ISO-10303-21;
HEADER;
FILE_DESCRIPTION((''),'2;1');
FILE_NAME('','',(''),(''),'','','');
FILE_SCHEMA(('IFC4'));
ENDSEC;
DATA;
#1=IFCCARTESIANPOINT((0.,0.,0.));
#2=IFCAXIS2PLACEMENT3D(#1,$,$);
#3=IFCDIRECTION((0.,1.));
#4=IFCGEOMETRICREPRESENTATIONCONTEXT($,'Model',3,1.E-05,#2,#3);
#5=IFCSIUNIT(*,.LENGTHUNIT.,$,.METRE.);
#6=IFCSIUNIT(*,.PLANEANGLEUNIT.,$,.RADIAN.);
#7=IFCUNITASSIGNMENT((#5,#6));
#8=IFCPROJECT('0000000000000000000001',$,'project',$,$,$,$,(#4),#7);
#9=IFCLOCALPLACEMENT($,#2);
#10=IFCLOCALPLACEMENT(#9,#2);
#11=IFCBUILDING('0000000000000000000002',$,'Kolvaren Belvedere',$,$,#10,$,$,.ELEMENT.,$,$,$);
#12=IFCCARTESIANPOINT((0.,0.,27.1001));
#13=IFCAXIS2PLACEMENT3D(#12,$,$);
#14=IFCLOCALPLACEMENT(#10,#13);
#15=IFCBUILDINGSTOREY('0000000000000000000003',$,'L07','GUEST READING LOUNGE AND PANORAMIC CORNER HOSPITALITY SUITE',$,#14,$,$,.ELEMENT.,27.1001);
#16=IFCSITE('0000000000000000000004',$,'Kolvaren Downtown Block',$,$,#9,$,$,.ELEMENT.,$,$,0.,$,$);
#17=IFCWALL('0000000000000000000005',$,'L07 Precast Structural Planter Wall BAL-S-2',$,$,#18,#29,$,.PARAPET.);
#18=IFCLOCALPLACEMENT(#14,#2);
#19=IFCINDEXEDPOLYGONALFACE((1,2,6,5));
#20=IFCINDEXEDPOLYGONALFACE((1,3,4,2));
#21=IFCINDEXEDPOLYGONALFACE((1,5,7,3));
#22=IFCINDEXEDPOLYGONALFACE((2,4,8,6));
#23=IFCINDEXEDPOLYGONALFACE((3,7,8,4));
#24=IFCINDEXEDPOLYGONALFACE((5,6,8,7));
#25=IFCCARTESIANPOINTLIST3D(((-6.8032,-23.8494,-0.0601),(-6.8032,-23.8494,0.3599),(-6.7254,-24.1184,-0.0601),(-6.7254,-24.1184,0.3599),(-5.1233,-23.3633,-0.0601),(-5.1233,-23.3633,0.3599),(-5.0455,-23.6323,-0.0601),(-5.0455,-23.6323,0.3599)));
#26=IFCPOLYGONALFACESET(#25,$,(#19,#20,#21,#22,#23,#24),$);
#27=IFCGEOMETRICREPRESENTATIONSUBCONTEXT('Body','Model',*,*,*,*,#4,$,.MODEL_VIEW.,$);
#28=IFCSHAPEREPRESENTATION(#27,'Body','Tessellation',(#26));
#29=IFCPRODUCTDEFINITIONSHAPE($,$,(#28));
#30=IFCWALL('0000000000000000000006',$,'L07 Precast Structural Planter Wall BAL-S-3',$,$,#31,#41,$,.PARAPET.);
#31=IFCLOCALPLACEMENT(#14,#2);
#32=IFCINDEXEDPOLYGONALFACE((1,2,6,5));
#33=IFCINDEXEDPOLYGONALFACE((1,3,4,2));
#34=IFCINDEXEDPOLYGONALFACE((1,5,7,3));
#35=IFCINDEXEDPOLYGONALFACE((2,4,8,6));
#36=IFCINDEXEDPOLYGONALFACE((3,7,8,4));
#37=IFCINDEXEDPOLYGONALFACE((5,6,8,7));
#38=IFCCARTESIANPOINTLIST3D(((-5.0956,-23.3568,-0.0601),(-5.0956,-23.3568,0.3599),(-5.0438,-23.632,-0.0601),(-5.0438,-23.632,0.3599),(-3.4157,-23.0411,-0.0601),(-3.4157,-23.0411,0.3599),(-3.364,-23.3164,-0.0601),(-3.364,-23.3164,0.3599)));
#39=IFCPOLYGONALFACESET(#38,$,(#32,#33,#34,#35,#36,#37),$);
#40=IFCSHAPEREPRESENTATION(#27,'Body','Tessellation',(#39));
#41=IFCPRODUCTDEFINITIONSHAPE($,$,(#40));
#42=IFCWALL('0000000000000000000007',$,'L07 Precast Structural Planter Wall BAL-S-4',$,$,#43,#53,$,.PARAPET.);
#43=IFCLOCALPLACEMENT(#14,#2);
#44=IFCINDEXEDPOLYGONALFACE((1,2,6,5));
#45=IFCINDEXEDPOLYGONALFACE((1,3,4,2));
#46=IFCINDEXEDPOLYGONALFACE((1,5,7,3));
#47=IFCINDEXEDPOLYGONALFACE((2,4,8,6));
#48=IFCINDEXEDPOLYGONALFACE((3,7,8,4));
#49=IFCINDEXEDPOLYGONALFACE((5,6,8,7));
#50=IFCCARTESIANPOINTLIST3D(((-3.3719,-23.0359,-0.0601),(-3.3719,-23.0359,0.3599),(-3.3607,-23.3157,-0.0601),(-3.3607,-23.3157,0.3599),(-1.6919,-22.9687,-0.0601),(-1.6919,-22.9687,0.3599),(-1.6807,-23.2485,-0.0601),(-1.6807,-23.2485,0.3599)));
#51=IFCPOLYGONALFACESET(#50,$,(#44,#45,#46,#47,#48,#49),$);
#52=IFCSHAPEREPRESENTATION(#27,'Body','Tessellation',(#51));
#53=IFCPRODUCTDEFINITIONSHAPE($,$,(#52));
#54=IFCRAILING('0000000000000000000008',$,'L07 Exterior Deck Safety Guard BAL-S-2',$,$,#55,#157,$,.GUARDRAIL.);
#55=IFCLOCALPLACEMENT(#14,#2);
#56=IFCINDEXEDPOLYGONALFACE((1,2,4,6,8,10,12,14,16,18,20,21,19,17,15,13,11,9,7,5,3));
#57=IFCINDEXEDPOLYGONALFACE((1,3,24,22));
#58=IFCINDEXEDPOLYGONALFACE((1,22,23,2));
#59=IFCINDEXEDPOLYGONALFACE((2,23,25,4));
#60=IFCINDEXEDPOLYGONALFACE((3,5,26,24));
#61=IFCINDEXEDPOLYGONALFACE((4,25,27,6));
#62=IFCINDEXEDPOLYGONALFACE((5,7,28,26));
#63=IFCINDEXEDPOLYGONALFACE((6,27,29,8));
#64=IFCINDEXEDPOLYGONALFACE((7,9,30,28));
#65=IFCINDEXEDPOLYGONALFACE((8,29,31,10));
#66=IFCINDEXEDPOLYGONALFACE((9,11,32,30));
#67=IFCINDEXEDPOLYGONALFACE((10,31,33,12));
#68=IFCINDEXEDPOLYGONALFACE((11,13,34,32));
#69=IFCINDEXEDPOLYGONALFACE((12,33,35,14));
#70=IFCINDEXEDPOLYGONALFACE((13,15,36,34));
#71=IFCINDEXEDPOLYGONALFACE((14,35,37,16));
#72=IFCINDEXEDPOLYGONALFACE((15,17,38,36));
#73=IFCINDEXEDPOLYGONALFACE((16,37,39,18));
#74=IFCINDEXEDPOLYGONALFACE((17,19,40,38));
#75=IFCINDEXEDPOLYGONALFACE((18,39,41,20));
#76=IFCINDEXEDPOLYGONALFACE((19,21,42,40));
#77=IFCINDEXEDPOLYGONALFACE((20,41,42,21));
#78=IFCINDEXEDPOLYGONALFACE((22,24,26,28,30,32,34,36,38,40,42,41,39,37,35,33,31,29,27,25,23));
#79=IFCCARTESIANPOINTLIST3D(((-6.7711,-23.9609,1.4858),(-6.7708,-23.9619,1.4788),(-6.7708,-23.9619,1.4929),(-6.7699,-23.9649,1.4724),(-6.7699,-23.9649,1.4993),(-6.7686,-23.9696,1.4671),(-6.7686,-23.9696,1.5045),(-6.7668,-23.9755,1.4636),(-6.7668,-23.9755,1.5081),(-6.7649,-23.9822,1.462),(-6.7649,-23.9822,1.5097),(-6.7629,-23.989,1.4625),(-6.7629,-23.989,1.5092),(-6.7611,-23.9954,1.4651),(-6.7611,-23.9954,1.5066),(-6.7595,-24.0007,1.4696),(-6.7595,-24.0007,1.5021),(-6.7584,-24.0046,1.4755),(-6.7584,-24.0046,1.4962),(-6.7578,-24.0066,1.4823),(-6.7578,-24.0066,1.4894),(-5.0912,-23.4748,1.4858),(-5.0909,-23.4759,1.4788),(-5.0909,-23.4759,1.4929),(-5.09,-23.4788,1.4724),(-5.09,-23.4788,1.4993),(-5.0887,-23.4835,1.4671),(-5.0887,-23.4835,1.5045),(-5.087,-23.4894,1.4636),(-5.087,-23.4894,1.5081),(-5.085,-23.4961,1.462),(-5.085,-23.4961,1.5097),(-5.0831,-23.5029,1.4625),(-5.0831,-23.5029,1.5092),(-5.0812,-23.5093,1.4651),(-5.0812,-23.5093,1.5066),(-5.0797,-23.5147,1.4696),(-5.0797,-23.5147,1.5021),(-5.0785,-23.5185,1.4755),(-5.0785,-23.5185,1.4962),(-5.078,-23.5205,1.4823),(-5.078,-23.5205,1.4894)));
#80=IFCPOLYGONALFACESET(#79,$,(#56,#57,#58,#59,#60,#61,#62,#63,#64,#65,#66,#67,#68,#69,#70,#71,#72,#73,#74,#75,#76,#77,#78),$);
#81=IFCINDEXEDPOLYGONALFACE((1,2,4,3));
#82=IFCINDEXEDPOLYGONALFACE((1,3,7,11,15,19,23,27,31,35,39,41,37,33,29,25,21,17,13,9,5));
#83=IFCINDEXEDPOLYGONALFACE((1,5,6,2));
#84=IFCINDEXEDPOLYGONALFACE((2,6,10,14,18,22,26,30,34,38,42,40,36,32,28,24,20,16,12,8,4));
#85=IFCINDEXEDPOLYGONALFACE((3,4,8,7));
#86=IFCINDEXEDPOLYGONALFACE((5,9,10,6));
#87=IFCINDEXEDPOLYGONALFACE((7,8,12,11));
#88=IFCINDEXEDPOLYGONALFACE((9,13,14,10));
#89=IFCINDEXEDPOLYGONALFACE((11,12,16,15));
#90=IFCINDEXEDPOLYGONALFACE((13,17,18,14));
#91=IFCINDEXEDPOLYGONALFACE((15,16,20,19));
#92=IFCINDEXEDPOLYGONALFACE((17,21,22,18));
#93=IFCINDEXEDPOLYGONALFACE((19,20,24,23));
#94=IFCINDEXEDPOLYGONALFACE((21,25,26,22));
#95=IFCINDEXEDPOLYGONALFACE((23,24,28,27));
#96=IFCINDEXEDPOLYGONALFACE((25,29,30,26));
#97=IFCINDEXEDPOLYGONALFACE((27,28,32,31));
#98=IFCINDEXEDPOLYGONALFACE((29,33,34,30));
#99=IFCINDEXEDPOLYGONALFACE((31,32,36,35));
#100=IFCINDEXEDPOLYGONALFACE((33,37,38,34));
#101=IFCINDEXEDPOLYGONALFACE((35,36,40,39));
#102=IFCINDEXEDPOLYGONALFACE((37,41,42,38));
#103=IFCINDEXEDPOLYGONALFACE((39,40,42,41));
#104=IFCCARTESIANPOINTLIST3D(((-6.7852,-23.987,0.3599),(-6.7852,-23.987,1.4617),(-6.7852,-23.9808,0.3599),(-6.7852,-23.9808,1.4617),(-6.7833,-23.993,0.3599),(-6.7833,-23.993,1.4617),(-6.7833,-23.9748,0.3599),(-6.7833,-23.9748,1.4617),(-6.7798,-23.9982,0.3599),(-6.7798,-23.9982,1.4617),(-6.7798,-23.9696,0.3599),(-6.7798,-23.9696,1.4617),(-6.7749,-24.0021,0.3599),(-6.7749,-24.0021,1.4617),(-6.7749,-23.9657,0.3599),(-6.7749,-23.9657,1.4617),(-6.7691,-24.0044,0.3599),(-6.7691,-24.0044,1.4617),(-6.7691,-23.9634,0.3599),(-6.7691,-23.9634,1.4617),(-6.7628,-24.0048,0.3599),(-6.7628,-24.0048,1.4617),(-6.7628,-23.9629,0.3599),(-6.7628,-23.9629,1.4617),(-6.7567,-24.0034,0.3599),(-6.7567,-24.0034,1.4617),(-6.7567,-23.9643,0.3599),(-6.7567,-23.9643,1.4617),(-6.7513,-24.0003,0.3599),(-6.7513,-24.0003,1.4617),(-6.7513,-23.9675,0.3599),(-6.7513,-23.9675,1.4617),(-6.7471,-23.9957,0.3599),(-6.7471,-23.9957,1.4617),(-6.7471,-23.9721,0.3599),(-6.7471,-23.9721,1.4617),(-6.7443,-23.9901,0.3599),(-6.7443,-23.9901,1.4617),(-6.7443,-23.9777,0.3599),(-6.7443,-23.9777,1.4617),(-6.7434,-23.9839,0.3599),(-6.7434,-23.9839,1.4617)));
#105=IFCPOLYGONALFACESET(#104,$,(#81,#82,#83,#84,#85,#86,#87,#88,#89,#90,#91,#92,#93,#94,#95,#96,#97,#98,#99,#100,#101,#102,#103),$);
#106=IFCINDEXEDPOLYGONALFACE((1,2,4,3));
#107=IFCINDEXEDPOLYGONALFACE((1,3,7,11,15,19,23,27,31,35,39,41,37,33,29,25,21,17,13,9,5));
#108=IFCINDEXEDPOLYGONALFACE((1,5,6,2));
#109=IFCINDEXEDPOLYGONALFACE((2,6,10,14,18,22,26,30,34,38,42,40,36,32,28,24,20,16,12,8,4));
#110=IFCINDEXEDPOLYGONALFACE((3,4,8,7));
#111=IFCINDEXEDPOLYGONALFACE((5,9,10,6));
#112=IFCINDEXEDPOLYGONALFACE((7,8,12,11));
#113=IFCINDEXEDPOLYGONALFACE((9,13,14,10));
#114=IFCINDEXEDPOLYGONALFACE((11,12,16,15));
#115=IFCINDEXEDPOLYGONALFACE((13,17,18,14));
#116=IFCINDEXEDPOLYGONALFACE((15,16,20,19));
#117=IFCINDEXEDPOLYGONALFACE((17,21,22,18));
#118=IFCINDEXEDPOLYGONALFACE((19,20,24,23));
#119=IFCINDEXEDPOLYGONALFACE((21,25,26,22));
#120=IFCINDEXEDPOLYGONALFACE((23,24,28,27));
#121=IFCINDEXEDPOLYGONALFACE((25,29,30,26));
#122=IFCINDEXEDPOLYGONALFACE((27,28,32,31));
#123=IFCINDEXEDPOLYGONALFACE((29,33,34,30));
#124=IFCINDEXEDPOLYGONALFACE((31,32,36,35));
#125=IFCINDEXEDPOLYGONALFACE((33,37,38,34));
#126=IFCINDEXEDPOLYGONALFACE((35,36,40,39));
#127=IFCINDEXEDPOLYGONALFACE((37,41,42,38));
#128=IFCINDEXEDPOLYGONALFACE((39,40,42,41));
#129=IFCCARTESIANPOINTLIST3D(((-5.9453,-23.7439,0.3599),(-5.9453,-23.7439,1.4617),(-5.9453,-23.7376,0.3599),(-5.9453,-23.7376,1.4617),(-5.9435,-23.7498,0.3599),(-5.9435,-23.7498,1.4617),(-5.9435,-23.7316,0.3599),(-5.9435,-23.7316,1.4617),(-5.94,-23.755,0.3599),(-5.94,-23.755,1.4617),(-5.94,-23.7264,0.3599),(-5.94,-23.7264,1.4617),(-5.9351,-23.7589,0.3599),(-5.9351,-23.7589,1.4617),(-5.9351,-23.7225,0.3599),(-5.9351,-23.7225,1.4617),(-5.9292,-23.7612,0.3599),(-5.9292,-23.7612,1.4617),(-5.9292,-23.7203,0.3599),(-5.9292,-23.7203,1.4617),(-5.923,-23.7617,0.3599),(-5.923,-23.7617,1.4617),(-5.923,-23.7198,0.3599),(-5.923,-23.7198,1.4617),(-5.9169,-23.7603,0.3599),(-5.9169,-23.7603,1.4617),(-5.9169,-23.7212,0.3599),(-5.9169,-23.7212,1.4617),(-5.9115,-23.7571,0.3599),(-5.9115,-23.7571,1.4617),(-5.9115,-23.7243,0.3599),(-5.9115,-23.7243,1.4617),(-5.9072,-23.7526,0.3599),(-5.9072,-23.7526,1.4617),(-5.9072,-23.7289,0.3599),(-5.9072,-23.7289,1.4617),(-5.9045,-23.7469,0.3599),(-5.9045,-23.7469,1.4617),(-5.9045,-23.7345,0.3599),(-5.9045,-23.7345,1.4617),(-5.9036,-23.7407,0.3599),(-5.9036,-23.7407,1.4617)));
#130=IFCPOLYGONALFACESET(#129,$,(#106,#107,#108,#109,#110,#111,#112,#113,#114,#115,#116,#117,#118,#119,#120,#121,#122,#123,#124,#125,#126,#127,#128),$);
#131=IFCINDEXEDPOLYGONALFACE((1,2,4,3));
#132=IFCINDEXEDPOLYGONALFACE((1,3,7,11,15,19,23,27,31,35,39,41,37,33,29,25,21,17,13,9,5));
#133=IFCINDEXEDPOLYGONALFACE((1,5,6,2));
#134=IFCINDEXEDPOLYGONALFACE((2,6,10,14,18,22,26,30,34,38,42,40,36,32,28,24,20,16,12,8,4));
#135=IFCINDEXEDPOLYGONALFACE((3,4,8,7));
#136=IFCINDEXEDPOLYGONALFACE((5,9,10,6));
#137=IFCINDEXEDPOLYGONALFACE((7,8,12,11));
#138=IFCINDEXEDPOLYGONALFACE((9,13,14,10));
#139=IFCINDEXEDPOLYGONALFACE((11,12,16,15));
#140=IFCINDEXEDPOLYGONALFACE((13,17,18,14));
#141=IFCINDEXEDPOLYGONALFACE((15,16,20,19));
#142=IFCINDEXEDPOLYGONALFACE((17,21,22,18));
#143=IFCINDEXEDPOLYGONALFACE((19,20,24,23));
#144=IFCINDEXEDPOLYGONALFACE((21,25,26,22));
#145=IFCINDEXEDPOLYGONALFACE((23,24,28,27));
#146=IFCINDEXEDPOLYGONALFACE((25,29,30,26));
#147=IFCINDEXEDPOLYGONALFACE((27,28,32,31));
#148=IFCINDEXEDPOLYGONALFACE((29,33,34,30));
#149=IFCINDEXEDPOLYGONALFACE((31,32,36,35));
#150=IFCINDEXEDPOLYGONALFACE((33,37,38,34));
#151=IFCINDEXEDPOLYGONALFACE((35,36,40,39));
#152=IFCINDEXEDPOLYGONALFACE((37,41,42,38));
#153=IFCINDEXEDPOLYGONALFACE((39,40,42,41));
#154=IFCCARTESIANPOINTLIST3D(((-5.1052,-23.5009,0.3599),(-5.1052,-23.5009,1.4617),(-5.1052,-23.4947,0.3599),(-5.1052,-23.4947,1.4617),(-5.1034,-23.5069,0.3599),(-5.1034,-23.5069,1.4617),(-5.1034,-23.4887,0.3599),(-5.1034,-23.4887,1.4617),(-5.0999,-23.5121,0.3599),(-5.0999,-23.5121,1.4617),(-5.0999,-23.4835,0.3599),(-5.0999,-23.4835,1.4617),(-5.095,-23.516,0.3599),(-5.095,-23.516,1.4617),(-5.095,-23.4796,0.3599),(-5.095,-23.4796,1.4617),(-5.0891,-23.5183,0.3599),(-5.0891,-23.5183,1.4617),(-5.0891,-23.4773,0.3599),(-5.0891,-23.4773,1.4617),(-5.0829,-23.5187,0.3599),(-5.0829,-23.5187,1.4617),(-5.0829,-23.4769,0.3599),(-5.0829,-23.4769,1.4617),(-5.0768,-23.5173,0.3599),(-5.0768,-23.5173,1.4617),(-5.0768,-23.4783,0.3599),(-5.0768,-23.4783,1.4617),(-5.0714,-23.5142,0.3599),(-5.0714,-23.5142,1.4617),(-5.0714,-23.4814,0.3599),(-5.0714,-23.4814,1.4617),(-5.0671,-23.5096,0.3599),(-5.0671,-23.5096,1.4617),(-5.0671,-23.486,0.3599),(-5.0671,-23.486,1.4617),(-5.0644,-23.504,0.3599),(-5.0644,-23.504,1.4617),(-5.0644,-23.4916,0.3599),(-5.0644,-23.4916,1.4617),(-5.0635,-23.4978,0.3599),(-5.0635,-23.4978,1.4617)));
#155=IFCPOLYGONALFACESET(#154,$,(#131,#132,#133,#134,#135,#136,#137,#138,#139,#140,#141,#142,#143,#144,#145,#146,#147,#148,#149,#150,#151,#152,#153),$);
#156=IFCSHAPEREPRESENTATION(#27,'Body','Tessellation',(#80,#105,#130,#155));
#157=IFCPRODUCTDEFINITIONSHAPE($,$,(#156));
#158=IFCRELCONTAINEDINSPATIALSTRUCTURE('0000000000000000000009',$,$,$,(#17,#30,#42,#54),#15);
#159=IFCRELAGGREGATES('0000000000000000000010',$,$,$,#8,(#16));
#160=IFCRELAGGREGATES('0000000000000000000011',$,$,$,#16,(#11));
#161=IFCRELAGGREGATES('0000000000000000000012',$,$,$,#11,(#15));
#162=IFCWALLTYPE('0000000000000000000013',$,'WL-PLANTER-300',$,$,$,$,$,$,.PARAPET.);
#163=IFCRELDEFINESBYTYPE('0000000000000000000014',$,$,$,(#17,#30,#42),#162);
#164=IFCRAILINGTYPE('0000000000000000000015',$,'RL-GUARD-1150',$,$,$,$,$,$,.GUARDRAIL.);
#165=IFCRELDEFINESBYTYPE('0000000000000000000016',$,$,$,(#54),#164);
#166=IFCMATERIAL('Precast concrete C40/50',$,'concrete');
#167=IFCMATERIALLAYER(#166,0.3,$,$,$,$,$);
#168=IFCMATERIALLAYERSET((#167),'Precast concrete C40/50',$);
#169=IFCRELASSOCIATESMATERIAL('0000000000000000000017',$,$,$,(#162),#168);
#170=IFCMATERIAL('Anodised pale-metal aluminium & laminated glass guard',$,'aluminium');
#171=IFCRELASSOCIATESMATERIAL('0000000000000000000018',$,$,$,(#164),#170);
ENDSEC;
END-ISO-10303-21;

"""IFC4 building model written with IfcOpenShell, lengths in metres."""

from ifc_helpers import new_model, si_unit, direction, frame, frame_2d, origin, origin_2d, place, context, subcontext, project, spatial, rectangle, circle, extrude, material, layer, layer_set, type_object, element, save


model = new_model("IFC4")

# Units and contexts
model_context = context("Model", 3, precision=1e-05, world=origin(), true_north=direction((0.0, 1.0)))
body_context = subcontext(model_context, "Body", "Model", "MODEL_VIEW")
ifc_project = project(units=[si_unit("LENGTHUNIT", "METRE"), si_unit("PLANEANGLEUNIT", "RADIAN")], contexts=[model_context])

# Site, building, storey
site_placement = place(None, origin())
site = spatial("IfcSite", under=ifc_project, at=site_placement, Name="Kolvaren Downtown Block", CompositionType="ELEMENT", RefElevation=0.0)
building_placement = place(site_placement, origin())
building = spatial("IfcBuilding", under=site, at=building_placement, Name="Kolvaren Belvedere", CompositionType="ELEMENT")
storey_placement = place(building_placement, frame((0.0, 0.0, 27.1001)))
storey = spatial("IfcBuildingStorey", under=building, at=storey_placement, Name="L07", Description="GUEST READING LOUNGE AND PANORAMIC CORNER HOSPITALITY SUITE", CompositionType="ELEMENT", Elevation=27.1001)

# Walls
ifc_material_1 = material(Name="Precast concrete C40/50", Category="concrete")
ifc_layer_1 = layer(ifc_material_1, 0.3)
ifc_layer_set_1 = layer_set([ifc_layer_1], Name="Precast concrete C40/50")
wall_type_1 = type_object("IfcWallType", Name="WL-PLANTER-300", PredefinedType="PARAPET", material=ifc_layer_set_1)
wall_1_placement = place(storey_placement, frame((-6.7644, -23.9839, -0.0601), z_axis=(0.0, 0.0, 1.0), x_axis=(0.960597, 0.277946, 0.0)))
element("IfcWall", 1, at=wall_1_placement, inside=storey, type_object=wall_type_1, Name="L07 Precast Structural Planter Wall BAL-S-2", PredefinedType="PARAPET", context=body_context, shape_type="SweptSolid", body=[
    extrude(rectangle(XDim=1.7488, YDim=0.28, at=frame_2d((0.8745, 0.0))), origin(), (0.0, 0.0, 1.0), 0.4199),
])
wall_2_placement = place(storey_placement, frame((-5.0696, -23.4944, -0.0601), z_axis=(0.0, 0.0, 1.0), x_axis=(0.982799, 0.184677, 0.0)))
element("IfcWall", 2, at=wall_2_placement, inside=storey, type_object=wall_type_1, Name="L07 Precast Structural Planter Wall BAL-S-3", PredefinedType="PARAPET", context=body_context, shape_type="SweptSolid", body=[
    extrude(rectangle(XDim=1.7092, YDim=0.28, at=frame_2d((0.8545, 0.0))), origin(), (0.0, 0.0, 1.0), 0.4199),
])
wall_3_placement = place(storey_placement, frame((-3.3665, -23.1758, -0.0601), z_axis=(0.0, 0.0, 1.0), x_axis=(0.999203, 0.039927, 0.0)))
element("IfcWall", 3, at=wall_3_placement, inside=storey, type_object=wall_type_1, Name="L07 Precast Structural Planter Wall BAL-S-4", PredefinedType="PARAPET", context=body_context, shape_type="SweptSolid", body=[
    extrude(rectangle(XDim=1.6814, YDim=0.28, at=frame_2d((0.8408, 0.0))), origin(), (0.0, 0.0, 1.0), 0.4199),
])

# Railing
ifc_material_2 = material(Name="Anodised pale-metal aluminium & laminated glass guard", Category="aluminium")
railing_type = type_object("IfcRailingType", Name="RL-GUARD-1150", PredefinedType="GUARDRAIL", material=ifc_material_2)
railing_1_placement = place(storey_placement, frame((-6.7644, -23.9839, 0.3599)))
element("IfcRailing", 4, at=railing_1_placement, inside=storey, type_object=railing_type, Name="L07 Exterior Deck Safety Guard BAL-S-2", PredefinedType="GUARDRAIL", context=body_context, shape_type="SweptSolid", body=[
    extrude(circle(Radius=0.0239, at=origin_2d()), frame((0.0, 0.0, 1.126), z_axis=(0.960597, 0.277946, 0.0), x_axis=(-0.277946, 0.960597, 0.0)), (0.0, 0.0, 1.0), 1.7488),
    extrude(circle(Radius=0.021, at=origin_2d()), origin(), (0.0, 0.0, 1.0), 1.1018),
    extrude(circle(Radius=0.021, at=origin_2d()), frame((0.8398, 0.2432, 0.0)), (0.0, 0.0, 1.0), 1.1018),
    extrude(circle(Radius=0.021, at=origin_2d()), frame((1.6799, 0.4861, 0.0)), (0.0, 0.0, 1.0), 1.1018),
])

save(model, "model.ifc")
